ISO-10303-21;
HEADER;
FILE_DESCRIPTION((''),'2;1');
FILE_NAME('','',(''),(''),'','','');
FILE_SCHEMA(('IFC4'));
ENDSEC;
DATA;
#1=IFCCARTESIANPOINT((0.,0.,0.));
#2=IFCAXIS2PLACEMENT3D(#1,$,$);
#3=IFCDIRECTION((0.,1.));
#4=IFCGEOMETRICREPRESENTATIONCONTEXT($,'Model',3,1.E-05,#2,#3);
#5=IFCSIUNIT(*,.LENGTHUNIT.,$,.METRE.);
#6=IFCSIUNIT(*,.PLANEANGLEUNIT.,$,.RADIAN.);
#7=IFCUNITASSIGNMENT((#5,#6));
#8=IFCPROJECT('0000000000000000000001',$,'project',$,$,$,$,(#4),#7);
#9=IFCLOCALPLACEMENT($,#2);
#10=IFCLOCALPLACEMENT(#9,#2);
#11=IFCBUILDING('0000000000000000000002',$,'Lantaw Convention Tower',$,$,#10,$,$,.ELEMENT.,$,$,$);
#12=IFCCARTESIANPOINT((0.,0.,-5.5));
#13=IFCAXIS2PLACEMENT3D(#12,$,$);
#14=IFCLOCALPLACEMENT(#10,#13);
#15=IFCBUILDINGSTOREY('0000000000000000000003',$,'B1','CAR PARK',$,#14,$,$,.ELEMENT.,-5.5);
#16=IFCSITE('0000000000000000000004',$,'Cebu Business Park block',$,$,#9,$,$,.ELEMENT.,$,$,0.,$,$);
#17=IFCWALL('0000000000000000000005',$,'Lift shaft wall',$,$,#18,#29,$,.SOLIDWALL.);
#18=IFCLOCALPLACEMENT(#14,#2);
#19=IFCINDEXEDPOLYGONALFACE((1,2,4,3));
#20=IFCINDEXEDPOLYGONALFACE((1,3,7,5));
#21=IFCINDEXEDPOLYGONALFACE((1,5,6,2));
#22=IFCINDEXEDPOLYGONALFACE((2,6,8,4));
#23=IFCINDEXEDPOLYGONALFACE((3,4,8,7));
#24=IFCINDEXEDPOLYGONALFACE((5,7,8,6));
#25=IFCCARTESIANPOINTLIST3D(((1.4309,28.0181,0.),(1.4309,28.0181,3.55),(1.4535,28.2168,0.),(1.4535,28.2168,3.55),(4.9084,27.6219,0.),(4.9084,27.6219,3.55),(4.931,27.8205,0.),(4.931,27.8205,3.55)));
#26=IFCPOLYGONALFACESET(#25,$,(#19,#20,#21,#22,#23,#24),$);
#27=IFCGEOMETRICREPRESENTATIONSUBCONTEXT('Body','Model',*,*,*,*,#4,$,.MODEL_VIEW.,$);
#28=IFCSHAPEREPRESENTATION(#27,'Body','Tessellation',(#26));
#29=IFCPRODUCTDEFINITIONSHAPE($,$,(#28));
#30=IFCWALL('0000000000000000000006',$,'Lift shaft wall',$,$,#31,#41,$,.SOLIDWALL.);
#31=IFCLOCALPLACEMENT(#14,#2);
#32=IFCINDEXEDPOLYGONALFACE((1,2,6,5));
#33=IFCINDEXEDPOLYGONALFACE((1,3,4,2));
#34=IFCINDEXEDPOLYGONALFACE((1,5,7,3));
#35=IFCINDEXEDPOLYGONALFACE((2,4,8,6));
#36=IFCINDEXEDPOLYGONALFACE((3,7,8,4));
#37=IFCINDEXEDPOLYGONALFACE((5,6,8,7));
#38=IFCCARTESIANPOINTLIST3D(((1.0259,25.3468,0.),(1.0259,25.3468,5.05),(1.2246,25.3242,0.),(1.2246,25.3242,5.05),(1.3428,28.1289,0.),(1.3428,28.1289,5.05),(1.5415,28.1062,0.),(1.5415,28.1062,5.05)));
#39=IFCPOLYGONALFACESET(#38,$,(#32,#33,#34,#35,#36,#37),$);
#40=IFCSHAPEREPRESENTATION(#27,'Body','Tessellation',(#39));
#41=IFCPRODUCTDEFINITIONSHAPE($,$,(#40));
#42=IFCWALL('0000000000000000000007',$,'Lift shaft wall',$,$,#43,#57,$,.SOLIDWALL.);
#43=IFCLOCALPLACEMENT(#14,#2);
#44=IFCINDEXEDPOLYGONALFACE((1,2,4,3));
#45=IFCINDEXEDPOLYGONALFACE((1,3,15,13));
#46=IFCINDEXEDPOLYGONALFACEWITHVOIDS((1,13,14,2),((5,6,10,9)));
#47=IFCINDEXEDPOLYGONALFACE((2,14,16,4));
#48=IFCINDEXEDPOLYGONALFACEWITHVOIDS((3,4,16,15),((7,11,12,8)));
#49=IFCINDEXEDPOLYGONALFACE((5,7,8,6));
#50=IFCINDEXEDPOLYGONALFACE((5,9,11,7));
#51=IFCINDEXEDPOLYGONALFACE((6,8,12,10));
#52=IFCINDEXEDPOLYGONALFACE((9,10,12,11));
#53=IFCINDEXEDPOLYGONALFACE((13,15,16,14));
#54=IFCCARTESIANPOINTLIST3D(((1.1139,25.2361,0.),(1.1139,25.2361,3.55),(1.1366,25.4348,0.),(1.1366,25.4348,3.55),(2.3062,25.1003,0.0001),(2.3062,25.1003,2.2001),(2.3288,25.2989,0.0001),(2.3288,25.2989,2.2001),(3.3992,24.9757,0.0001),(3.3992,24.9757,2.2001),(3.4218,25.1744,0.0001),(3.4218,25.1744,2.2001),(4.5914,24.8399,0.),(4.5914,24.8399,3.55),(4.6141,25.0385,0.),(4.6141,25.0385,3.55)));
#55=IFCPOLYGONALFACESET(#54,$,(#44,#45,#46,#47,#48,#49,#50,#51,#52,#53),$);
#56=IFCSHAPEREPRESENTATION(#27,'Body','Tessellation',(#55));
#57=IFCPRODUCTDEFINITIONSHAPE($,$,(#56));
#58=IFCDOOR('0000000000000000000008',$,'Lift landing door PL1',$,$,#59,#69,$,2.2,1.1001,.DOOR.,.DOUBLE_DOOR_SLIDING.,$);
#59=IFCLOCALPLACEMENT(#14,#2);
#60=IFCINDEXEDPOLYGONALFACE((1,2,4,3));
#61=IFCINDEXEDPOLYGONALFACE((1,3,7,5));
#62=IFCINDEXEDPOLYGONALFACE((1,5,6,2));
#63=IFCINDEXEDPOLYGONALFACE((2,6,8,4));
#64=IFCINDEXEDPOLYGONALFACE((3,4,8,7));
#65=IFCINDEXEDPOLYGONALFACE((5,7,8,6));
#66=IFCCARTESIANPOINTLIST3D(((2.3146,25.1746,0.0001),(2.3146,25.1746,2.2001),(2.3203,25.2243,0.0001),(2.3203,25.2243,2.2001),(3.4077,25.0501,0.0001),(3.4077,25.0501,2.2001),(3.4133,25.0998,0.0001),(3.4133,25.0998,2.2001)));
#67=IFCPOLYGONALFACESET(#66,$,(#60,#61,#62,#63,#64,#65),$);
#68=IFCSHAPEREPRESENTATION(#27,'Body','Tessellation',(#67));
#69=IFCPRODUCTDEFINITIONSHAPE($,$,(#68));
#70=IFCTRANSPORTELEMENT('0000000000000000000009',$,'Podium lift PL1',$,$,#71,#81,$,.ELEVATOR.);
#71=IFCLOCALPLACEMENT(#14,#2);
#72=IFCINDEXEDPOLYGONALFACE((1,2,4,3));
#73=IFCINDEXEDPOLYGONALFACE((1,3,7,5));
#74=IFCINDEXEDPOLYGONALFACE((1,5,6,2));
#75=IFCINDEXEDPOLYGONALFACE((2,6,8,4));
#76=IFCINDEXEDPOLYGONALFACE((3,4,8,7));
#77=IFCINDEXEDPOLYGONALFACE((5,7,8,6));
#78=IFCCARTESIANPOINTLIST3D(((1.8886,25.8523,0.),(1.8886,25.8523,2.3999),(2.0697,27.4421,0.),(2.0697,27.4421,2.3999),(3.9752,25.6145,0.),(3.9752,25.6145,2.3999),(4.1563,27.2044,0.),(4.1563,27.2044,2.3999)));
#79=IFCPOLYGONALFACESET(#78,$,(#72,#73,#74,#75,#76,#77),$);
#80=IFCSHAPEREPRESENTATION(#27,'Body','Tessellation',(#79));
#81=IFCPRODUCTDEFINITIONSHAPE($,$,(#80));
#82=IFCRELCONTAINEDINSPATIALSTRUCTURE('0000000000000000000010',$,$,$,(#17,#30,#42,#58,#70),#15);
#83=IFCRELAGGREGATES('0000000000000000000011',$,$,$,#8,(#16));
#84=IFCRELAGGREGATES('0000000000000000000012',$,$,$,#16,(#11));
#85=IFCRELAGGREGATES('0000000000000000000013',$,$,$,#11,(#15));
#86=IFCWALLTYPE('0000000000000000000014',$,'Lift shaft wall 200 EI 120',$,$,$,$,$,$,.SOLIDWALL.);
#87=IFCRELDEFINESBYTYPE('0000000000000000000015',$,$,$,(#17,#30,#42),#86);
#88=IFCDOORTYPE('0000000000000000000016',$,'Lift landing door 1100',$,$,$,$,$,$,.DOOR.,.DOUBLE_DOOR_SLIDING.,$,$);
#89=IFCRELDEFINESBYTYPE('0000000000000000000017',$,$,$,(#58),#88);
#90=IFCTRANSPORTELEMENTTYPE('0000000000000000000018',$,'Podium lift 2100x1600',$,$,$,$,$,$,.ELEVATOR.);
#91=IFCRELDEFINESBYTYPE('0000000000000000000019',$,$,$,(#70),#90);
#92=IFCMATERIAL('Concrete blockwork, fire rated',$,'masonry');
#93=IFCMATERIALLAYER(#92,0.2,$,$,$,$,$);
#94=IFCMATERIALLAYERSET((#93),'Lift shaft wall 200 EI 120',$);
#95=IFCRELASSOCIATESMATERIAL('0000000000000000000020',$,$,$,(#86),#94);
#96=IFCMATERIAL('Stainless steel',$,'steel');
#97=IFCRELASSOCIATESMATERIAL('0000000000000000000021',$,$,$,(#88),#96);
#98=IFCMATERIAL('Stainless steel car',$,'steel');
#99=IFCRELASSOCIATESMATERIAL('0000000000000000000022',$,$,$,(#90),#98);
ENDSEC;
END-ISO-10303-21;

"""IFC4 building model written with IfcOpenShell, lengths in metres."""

from ifc_helpers import new_model, si_unit, direction, frame, frame_2d, origin, origin_2d, place, context, subcontext, project, spatial, rectangle, extrude, material, layer, layer_set, type_object, element, fill, save


model = new_model("IFC4")

# Units and contexts
model_context = context("Model", 3, precision=1e-05, world=origin(), true_north=direction((0.0, 1.0)))
body_context = subcontext(model_context, "Body", "Model", "MODEL_VIEW")
ifc_project = project(units=[si_unit("LENGTHUNIT", "METRE"), si_unit("PLANEANGLEUNIT", "RADIAN")], contexts=[model_context])

# Site, building, storey
site_placement = place(None, origin())
site = spatial("IfcSite", under=ifc_project, at=site_placement, Name="Cebu Business Park block", CompositionType="ELEMENT", RefElevation=0.0)
building_placement = place(site_placement, origin())
building = spatial("IfcBuilding", under=site, at=building_placement, Name="Lantaw Convention Tower", CompositionType="ELEMENT")
storey_placement = place(building_placement, frame((0.0, 0.0, -5.5)))
storey = spatial("IfcBuildingStorey", under=building, at=storey_placement, Name="B1", Description="CAR PARK", CompositionType="ELEMENT", Elevation=-5.5)

# Walls
ifc_material_1 = material(Name="Concrete blockwork, fire rated", Category="masonry")
ifc_layer_1 = layer(ifc_material_1, 0.2)
ifc_layer_set_1 = layer_set([ifc_layer_1], Name="Lift shaft wall 200 EI 120")
wall_type_1 = type_object("IfcWallType", Name="Lift shaft wall 200 EI 120", PredefinedType="SOLIDWALL", material=ifc_layer_set_1)
wall_1_placement = place(storey_placement, frame((4.9197, 27.7212, 0.0), z_axis=(0.0, 0.0, 1.0), x_axis=(-0.993571, 0.11321, 0.0)))
element("IfcWall", 1, at=wall_1_placement, inside=storey, type_object=wall_type_1, Name="Lift shaft wall", PredefinedType="SOLIDWALL", context=body_context, shape_type="SweptSolid", body=[
    extrude(rectangle(XDim=3.5, YDim=0.2, at=frame_2d((1.75, 0.0))), origin(), (0.0, 0.0, 1.0), 3.55),
])
wall_2_placement = place(storey_placement, frame((1.4421, 28.1174, 0.0), z_axis=(0.0, 0.0, 1.0), x_axis=(-0.113178, -0.993575, 0.0)))
element("IfcWall", 2, at=wall_2_placement, inside=storey, type_object=wall_type_1, Name="Lift shaft wall", PredefinedType="SOLIDWALL", context=body_context, shape_type="SweptSolid", body=[
    extrude(rectangle(XDim=2.8, YDim=0.2, at=frame_2d((1.3999, 0.0))), origin(), (0.0, 0.0, 1.0), 5.05),
])

# Wall, opening, door
wall_3_placement = place(storey_placement, frame((1.1252, 25.3354, 0.0), z_axis=(0.0, 0.0, 1.0), x_axis=(0.993571, -0.11321, 0.0)))
wall_3 = element("IfcWall", 3, at=wall_3_placement, inside=storey, type_object=wall_type_1, Name="Lift shaft wall", PredefinedType="SOLIDWALL", context=body_context, shape_type="SweptSolid", body=[
    extrude(rectangle(XDim=3.5, YDim=0.2, at=frame_2d((1.75, 0.0))), origin(), (0.0, 0.0, 1.0), 3.55),
])
opening_placement = place(wall_3_placement, frame((1.2, 0.0, 0.0)))
opening = element("IfcOpeningElement", 4, at=opening_placement, cuts=wall_3, PredefinedType="OPENING", context=body_context, shape_type="SweptSolid", body=[
    extrude(rectangle(XDim=1.1001, YDim=2.2, at=frame_2d((0.55, 1.1001))), frame((0.0, 0.1099, 0.0), z_axis=(0.0, -1.0, 0.0), x_axis=(1.0, 0.0, 0.0)), (0.0, 0.0, 1.0), 0.22),
])
ifc_material_2 = material(Name="Stainless steel", Category="steel")
door_type = type_object("IfcDoorType", Name="Lift landing door 1100", OperationType="DOUBLE_DOOR_SLIDING", PredefinedType="DOOR", material=ifc_material_2)
door_placement = place(opening_placement, origin())
door = element("IfcDoor", 5, at=door_placement, inside=storey, type_object=door_type, Name="Lift landing door PL1", OperationType="DOUBLE_DOOR_SLIDING", OverallHeight=2.2, OverallWidth=1.1001, PredefinedType="DOOR", context=body_context, shape_type="SweptSolid", body=[
    extrude(rectangle(XDim=1.1001, YDim=2.2, at=frame_2d((0.55, 1.1001))), frame((0.0, 0.0249, 0.0), z_axis=(0.0, -1.0, 0.0), x_axis=(1.0, 0.0, 0.0)), (0.0, 0.0, 1.0), 0.05),
])
fill(opening, door)

# Transport element
ifc_material_3 = material(Name="Stainless steel car", Category="steel")
transport_element_type = type_object("IfcTransportElementType", Name="Podium lift 2100x1600", PredefinedType="ELEVATOR", material=ifc_material_3)
transport_element_placement = place(storey_placement, frame((3.0225, 26.5283, 0.0), z_axis=(0.0, 0.0, 1.0), x_axis=(0.113203, 0.993572, 0.0)))
element("IfcTransportElement", 6, at=transport_element_placement, inside=storey, type_object=transport_element_type, Name="Podium lift PL1", PredefinedType="ELEVATOR", context=body_context, shape_type="SweptSolid", body=[
    extrude(rectangle(XDim=1.6001, YDim=2.1001, at=origin_2d()), origin(), (0.0, 0.0, 1.0), 2.3999),
])

save(model, "model.ifc")
